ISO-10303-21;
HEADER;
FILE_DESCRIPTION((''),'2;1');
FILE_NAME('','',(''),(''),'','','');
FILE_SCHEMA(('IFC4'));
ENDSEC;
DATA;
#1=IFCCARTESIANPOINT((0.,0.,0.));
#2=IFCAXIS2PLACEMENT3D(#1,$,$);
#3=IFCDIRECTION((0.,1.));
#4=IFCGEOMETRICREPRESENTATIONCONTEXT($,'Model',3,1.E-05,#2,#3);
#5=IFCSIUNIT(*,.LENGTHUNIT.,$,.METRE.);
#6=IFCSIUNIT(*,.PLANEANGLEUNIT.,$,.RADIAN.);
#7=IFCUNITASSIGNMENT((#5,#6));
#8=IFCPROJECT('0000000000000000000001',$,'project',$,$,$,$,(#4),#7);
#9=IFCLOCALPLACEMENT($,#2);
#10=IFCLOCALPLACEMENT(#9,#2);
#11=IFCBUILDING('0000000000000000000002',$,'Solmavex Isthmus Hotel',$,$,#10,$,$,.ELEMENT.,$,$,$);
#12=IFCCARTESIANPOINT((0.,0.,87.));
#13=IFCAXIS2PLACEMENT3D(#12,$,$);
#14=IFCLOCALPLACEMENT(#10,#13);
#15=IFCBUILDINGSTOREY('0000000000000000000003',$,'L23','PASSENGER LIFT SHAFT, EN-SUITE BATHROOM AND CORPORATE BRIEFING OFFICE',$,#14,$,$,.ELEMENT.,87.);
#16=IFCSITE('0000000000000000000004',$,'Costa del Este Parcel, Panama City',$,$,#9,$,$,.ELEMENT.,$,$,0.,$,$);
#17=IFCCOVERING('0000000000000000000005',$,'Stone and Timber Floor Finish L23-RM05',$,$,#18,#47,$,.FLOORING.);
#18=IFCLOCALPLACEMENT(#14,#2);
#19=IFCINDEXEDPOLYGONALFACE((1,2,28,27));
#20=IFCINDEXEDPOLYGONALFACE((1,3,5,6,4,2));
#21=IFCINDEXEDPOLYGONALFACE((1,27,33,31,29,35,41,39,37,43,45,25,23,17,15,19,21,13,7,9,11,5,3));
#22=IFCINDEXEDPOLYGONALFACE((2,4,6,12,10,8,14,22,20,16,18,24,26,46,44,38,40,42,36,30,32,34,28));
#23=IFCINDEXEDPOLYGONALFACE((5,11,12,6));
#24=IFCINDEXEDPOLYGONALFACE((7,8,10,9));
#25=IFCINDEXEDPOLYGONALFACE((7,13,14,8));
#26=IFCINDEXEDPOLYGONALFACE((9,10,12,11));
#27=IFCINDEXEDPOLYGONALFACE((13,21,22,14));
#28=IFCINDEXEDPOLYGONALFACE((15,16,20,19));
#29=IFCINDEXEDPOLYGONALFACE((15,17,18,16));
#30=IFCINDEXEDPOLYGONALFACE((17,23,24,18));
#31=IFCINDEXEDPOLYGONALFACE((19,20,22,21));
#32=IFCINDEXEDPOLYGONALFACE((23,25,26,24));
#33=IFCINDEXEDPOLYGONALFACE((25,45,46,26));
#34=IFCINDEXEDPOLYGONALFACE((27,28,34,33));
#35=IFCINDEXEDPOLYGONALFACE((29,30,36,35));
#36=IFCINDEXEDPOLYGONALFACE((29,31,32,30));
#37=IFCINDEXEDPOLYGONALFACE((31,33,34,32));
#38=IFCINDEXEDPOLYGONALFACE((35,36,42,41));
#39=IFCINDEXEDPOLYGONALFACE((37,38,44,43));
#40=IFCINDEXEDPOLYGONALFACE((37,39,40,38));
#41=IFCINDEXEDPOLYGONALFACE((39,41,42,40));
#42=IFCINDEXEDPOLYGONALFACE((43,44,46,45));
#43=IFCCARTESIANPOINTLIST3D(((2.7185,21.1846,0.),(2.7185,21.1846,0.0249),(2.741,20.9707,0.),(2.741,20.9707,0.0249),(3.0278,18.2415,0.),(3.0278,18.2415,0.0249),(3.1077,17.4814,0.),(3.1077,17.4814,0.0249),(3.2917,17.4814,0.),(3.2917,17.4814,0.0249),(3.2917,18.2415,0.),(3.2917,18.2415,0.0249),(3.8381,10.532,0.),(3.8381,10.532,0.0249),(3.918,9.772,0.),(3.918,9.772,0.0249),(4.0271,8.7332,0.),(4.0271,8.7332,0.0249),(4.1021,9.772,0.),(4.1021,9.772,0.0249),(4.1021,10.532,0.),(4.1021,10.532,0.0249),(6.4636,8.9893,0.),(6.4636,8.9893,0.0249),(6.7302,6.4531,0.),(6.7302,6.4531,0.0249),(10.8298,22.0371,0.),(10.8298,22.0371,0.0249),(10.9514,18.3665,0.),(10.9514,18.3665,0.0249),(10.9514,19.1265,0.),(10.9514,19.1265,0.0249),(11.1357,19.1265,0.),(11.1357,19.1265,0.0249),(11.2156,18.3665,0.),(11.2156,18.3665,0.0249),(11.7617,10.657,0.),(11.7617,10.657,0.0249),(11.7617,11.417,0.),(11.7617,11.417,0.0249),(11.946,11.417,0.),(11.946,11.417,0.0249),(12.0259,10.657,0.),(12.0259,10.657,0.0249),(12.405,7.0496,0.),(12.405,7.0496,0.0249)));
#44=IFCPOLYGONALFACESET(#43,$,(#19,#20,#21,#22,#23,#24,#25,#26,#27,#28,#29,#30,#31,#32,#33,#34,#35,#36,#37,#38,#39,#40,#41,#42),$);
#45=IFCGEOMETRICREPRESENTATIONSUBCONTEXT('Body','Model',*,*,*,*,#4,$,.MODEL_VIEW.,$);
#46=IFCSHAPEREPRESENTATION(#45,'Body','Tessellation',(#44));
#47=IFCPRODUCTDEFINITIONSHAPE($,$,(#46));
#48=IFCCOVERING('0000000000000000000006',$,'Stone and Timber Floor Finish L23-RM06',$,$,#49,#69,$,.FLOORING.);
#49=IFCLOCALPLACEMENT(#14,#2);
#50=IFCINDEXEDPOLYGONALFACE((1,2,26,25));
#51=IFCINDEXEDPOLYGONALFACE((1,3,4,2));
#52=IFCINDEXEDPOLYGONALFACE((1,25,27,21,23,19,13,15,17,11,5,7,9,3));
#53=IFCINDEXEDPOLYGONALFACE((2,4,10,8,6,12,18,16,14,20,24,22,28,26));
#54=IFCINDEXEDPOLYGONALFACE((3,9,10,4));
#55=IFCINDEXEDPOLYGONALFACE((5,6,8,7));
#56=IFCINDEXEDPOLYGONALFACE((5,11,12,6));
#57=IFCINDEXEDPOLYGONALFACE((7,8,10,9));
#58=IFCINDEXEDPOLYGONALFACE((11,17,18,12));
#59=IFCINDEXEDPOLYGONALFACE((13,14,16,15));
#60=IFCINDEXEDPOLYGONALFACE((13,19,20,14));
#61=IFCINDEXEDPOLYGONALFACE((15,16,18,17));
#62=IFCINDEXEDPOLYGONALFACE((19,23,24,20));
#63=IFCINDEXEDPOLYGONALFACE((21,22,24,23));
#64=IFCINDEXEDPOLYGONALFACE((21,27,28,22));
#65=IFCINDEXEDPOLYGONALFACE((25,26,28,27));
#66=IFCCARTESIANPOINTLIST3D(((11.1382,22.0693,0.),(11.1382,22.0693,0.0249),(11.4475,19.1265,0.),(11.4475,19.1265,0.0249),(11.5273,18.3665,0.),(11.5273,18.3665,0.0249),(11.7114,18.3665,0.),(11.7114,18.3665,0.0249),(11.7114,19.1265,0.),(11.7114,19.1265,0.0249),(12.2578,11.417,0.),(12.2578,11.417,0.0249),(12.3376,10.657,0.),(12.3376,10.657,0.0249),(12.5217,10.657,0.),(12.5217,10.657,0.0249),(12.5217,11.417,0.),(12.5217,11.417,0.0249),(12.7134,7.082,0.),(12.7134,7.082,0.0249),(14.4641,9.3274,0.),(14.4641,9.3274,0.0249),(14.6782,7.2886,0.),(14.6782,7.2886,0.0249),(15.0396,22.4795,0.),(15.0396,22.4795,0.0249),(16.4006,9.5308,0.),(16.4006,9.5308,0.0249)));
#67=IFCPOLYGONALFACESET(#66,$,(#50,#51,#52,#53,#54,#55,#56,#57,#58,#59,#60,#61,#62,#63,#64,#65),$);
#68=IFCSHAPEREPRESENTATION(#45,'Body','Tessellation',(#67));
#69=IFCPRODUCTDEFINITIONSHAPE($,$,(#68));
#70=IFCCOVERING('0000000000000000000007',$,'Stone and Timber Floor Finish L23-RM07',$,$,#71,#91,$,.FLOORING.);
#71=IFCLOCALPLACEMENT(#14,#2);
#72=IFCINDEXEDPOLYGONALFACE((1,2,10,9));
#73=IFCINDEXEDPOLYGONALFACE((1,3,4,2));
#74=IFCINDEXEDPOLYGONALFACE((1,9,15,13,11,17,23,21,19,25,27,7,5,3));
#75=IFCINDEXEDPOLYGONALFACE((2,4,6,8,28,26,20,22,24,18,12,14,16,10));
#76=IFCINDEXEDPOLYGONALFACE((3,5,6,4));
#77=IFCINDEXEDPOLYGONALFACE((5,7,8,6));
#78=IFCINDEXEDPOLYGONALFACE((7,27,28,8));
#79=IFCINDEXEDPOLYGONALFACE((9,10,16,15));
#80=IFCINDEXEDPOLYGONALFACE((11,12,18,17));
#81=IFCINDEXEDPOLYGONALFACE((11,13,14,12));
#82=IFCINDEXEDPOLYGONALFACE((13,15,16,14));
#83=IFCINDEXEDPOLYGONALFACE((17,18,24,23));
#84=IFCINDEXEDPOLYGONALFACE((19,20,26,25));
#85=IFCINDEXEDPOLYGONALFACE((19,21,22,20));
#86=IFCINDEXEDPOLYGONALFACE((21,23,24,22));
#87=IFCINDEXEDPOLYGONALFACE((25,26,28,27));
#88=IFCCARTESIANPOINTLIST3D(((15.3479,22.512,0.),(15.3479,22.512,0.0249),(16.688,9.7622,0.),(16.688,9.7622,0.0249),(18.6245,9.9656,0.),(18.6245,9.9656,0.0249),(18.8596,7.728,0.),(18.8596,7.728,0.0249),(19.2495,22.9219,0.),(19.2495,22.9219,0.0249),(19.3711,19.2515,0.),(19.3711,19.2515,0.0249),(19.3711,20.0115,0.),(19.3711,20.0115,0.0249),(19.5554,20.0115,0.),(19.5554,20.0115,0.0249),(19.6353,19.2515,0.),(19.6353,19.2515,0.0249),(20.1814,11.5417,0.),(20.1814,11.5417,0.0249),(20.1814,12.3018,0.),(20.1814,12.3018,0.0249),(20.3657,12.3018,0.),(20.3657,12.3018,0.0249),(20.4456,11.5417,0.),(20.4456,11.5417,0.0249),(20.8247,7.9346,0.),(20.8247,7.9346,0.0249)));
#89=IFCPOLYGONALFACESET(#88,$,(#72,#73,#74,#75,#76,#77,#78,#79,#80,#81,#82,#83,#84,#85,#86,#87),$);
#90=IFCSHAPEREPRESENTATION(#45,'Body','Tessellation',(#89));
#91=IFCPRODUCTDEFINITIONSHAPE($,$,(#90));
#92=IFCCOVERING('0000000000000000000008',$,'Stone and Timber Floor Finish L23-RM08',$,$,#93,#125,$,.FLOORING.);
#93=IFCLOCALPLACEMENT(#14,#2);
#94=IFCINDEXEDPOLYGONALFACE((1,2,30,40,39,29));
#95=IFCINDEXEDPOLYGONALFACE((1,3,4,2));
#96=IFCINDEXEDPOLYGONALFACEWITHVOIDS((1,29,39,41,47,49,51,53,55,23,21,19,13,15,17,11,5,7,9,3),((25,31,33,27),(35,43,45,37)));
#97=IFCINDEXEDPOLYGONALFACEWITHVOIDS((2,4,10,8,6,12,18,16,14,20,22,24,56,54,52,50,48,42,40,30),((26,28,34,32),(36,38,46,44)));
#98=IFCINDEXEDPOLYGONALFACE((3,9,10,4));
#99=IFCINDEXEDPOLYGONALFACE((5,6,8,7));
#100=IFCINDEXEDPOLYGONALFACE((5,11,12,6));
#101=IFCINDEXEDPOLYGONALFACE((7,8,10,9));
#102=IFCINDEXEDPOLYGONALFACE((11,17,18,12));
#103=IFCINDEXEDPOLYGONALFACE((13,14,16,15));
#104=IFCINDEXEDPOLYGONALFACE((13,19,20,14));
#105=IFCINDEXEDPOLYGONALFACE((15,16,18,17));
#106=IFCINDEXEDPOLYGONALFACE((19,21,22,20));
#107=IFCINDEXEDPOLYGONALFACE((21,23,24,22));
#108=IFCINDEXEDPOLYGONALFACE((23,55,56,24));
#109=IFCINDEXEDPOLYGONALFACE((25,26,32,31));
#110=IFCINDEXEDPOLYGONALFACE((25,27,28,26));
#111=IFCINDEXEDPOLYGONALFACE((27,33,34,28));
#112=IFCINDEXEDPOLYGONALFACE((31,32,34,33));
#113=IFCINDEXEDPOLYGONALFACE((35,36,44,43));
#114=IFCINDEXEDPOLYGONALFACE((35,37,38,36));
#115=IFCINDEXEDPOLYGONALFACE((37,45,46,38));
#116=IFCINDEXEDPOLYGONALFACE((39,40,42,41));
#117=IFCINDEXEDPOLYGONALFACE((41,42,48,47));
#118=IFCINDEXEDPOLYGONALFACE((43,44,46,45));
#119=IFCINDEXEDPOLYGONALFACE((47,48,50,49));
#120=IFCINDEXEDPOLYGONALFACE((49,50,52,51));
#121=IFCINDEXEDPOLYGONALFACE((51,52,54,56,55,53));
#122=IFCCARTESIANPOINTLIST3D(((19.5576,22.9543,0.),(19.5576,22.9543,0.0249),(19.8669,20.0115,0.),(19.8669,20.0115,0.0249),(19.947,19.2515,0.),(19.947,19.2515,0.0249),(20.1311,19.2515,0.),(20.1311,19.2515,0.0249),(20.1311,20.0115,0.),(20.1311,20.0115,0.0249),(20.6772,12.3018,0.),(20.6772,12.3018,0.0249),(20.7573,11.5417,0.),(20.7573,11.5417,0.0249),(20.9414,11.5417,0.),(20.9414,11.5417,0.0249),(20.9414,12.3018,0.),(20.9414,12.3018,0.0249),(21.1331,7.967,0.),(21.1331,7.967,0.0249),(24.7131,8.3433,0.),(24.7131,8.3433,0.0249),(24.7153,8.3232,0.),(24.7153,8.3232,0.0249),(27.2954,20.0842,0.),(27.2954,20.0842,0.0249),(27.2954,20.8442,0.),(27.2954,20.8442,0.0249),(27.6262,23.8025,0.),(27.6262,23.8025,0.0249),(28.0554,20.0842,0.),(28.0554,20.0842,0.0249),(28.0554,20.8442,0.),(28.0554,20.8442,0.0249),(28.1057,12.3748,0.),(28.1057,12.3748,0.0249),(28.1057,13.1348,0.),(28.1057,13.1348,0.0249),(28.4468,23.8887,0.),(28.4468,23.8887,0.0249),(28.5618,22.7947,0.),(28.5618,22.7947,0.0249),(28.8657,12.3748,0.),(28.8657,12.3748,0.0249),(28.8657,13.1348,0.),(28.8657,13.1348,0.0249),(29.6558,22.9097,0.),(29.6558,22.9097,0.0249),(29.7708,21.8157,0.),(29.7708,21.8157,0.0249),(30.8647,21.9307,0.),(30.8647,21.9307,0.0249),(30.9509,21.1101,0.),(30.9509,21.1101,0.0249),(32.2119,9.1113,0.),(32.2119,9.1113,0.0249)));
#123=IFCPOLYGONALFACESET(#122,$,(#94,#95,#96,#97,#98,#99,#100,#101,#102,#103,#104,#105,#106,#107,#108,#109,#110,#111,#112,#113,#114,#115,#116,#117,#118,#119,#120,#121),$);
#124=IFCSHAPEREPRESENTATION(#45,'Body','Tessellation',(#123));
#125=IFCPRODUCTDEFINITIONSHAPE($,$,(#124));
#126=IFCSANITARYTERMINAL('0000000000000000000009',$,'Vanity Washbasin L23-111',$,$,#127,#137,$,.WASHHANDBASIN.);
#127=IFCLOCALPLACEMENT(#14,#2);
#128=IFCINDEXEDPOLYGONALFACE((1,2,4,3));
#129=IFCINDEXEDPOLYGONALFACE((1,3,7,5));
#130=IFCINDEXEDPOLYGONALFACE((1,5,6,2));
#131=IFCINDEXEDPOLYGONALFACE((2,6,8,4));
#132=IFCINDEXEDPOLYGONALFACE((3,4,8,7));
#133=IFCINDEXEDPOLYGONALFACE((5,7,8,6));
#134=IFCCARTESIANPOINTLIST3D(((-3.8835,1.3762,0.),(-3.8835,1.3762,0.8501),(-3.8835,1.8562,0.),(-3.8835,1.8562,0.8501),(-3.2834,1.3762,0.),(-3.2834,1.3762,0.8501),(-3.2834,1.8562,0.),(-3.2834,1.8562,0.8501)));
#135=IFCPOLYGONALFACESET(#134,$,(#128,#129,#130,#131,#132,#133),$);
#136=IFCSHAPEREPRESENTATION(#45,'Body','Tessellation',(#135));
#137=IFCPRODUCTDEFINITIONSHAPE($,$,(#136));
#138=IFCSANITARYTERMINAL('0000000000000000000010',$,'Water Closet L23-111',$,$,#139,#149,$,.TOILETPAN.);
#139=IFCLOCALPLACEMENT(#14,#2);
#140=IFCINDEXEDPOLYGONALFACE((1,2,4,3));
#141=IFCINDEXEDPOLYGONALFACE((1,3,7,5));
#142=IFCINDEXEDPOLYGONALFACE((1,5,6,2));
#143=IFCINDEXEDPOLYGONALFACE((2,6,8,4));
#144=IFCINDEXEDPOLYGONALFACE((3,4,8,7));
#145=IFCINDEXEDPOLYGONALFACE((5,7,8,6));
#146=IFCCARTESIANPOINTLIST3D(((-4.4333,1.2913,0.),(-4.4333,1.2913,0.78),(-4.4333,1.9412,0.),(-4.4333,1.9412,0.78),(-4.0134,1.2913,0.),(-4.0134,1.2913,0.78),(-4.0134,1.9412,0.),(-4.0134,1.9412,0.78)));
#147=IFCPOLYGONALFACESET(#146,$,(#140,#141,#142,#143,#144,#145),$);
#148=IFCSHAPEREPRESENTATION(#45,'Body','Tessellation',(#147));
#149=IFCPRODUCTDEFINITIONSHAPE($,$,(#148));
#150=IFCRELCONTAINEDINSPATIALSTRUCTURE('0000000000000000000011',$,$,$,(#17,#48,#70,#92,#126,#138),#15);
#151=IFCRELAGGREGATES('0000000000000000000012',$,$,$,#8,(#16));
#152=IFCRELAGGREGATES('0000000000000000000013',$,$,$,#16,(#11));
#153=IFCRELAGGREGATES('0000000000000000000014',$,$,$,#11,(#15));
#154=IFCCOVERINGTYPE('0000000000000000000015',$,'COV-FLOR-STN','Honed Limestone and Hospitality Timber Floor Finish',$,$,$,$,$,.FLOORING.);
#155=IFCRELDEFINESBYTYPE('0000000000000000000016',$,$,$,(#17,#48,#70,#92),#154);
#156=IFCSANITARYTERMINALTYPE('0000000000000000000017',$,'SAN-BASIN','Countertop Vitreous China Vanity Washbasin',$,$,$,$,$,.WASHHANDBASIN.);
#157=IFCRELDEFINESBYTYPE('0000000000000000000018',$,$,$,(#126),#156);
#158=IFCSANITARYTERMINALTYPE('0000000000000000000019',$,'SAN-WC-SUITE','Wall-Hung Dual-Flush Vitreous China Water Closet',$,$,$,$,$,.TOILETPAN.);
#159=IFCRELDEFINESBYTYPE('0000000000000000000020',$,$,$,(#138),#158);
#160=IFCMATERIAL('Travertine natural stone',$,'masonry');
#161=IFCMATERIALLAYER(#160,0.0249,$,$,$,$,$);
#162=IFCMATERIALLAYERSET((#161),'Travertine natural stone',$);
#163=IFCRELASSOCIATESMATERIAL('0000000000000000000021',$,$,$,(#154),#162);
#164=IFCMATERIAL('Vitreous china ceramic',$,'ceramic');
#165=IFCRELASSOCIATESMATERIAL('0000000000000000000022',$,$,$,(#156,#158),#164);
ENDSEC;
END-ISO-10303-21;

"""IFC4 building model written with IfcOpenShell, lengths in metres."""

from ifc_helpers import new_model, si_unit, direction, frame, origin, origin_2d, place, context, subcontext, project, spatial, polyline, rectangle, outline, extrude, material, layer, layer_set, type_object, element, save


model = new_model("IFC4")

# Units and contexts
model_context = context("Model", 3, precision=1e-05, world=origin(), true_north=direction((0.0, 1.0)))
body_context = subcontext(model_context, "Body", "Model", "MODEL_VIEW")
ifc_project = project(units=[si_unit("LENGTHUNIT", "METRE"), si_unit("PLANEANGLEUNIT", "RADIAN")], contexts=[model_context])

# Site, building, storey
site_placement = place(None, origin())
site = spatial("IfcSite", under=ifc_project, at=site_placement, Name="Costa del Este Parcel, Panama City", CompositionType="ELEMENT", RefElevation=0.0)
building_placement = place(site_placement, origin())
building = spatial("IfcBuilding", under=site, at=building_placement, Name="Solmavex Isthmus Hotel", CompositionType="ELEMENT")
storey_placement = place(building_placement, frame((0.0, 0.0, 87.0)))
storey = spatial("IfcBuildingStorey", under=building, at=storey_placement, Name="L23", Description="PASSENGER LIFT SHAFT, EN-SUITE BATHROOM AND CORPORATE BRIEFING OFFICE", CompositionType="ELEMENT", Elevation=87.0)

# Coverings
ifc_material_1 = material(Name="Travertine natural stone", Category="masonry")
ifc_layer_1 = layer(ifc_material_1, 0.0249)
ifc_layer_set_1 = layer_set([ifc_layer_1], Name="Travertine natural stone")
covering_type_1 = type_object("IfcCoveringType", Name="COV-FLOR-STN", Description="Honed Limestone and Hospitality Timber Floor Finish", PredefinedType="FLOORING", material=ifc_layer_set_1)
covering_1_placement = place(storey_placement, origin())
element("IfcCovering", 1, at=covering_1_placement, inside=storey, type_object=covering_type_1, Name="Stone and Timber Floor Finish L23-RM05", PredefinedType="FLOORING", context=body_context, shape_type="SweptSolid", body=[
    extrude(outline(polyline([(3.8381, 10.532), (4.1021, 10.532), (4.1021, 9.772), (3.918, 9.772), (4.0271, 8.7332), (6.4636, 8.9893), (6.7302, 6.4531), (12.405, 7.0496), (12.0259, 10.657), (11.7617, 10.657), (11.7617, 11.417), (11.946, 11.417), (11.2156, 18.3665), (10.9514, 18.3665), (10.9514, 19.1265), (11.1357, 19.1265), (10.8298, 22.0371), (2.7185, 21.1846), (2.741, 20.9707), (3.0278, 18.2415), (3.2917, 18.2415), (3.2917, 17.4814), (3.1077, 17.4814), (3.8381, 10.532)])), origin(), (0.0, 0.0, 1.0), 0.0249),
])
covering_2_placement = place(storey_placement, origin())
element("IfcCovering", 2, at=covering_2_placement, inside=storey, type_object=covering_type_1, Name="Stone and Timber Floor Finish L23-RM06", PredefinedType="FLOORING", context=body_context, shape_type="SweptSolid", body=[
    extrude(outline(polyline([(12.2578, 11.417), (12.5217, 11.417), (12.5217, 10.657), (12.3376, 10.657), (12.7134, 7.082), (14.6782, 7.2886), (14.4641, 9.3274), (16.4006, 9.5308), (15.0396, 22.4795), (11.1382, 22.0693), (11.4475, 19.1265), (11.7114, 19.1265), (11.7114, 18.3665), (11.5273, 18.3665), (12.2578, 11.417)])), origin(), (0.0, 0.0, 1.0), 0.0249),
])
covering_3_placement = place(storey_placement, origin())
element("IfcCovering", 3, at=covering_3_placement, inside=storey, type_object=covering_type_1, Name="Stone and Timber Floor Finish L23-RM07", PredefinedType="FLOORING", context=body_context, shape_type="SweptSolid", body=[
    extrude(outline(polyline([(19.6353, 19.2515), (19.3711, 19.2515), (19.3711, 20.0115), (19.5554, 20.0115), (19.2495, 22.9219), (15.3479, 22.512), (16.688, 9.7622), (18.6245, 9.9656), (18.8596, 7.728), (20.8247, 7.9346), (20.4456, 11.5417), (20.1814, 11.5417), (20.1814, 12.3018), (20.3657, 12.3018), (19.6353, 19.2515)])), origin(), (0.0, 0.0, 1.0), 0.0249),
])
covering_4_placement = place(storey_placement, origin())
element("IfcCovering", 4, at=covering_4_placement, inside=storey, type_object=covering_type_1, Name="Stone and Timber Floor Finish L23-RM08", PredefinedType="FLOORING", context=body_context, shape_type="SweptSolid", body=[
    extrude(outline(polyline([(20.6772, 12.3018), (20.9414, 12.3018), (20.9414, 11.5417), (20.7573, 11.5417), (21.1331, 7.967), (24.7131, 8.3433), (24.7153, 8.3232), (32.2119, 9.1113), (30.9509, 21.1101), (30.8647, 21.9307), (29.7708, 21.8157), (29.6558, 22.9097), (28.5618, 22.7947), (28.4468, 23.8887), (27.6262, 23.8025), (19.5576, 22.9543), (19.8669, 20.0115), (20.1311, 20.0115), (20.1311, 19.2515), (19.947, 19.2515), (20.6772, 12.3018)]), holes=[polyline([(28.1057, 12.3748), (28.1057, 13.1348), (28.8657, 13.1348), (28.8657, 12.3748), (28.1057, 12.3748)]), polyline([(27.2954, 20.8442), (28.0554, 20.8442), (28.0554, 20.0842), (27.2954, 20.0842), (27.2954, 20.8442)])]), origin(), (0.0, 0.0, 1.0), 0.0249),
])

# Sanitary terminals
ifc_material_2 = material(Name="Vitreous china ceramic", Category="ceramic")
sanitary_terminal_type_1 = type_object("IfcSanitaryTerminalType", Name="SAN-BASIN", Description="Countertop Vitreous China Vanity Washbasin", PredefinedType="WASHHANDBASIN", material=ifc_material_2)
sanitary_terminal_1_placement = place(storey_placement, frame((-3.5835, 1.6162, 0.0), z_axis=(0.0, 0.0, 1.0), x_axis=(1.0, 0.0, 0.0)))
element("IfcSanitaryTerminal", 5, at=sanitary_terminal_1_placement, inside=storey, type_object=sanitary_terminal_type_1, Name="Vanity Washbasin L23-111", PredefinedType="WASHHANDBASIN", context=body_context, shape_type="SweptSolid", body=[
    extrude(rectangle(XDim=0.6001, YDim=0.48, at=origin_2d()), origin(), (0.0, 0.0, 1.0), 0.8501),
])
sanitary_terminal_type_2 = type_object("IfcSanitaryTerminalType", Name="SAN-WC-SUITE", Description="Wall-Hung Dual-Flush Vitreous China Water Closet", PredefinedType="TOILETPAN", material=ifc_material_2)
sanitary_terminal_2_placement = place(storey_placement, frame((-4.2234, 1.6162, 0.0), z_axis=(0.0, 0.0, 1.0), x_axis=(1.0, 0.0, 0.0)))
element("IfcSanitaryTerminal", 6, at=sanitary_terminal_2_placement, inside=storey, type_object=sanitary_terminal_type_2, Name="Water Closet L23-111", PredefinedType="TOILETPAN", context=body_context, shape_type="SweptSolid", body=[
    extrude(rectangle(XDim=0.4199, YDim=0.6499, at=origin_2d()), origin(), (0.0, 0.0, 1.0), 0.78),
])

save(model, "model.ifc")
